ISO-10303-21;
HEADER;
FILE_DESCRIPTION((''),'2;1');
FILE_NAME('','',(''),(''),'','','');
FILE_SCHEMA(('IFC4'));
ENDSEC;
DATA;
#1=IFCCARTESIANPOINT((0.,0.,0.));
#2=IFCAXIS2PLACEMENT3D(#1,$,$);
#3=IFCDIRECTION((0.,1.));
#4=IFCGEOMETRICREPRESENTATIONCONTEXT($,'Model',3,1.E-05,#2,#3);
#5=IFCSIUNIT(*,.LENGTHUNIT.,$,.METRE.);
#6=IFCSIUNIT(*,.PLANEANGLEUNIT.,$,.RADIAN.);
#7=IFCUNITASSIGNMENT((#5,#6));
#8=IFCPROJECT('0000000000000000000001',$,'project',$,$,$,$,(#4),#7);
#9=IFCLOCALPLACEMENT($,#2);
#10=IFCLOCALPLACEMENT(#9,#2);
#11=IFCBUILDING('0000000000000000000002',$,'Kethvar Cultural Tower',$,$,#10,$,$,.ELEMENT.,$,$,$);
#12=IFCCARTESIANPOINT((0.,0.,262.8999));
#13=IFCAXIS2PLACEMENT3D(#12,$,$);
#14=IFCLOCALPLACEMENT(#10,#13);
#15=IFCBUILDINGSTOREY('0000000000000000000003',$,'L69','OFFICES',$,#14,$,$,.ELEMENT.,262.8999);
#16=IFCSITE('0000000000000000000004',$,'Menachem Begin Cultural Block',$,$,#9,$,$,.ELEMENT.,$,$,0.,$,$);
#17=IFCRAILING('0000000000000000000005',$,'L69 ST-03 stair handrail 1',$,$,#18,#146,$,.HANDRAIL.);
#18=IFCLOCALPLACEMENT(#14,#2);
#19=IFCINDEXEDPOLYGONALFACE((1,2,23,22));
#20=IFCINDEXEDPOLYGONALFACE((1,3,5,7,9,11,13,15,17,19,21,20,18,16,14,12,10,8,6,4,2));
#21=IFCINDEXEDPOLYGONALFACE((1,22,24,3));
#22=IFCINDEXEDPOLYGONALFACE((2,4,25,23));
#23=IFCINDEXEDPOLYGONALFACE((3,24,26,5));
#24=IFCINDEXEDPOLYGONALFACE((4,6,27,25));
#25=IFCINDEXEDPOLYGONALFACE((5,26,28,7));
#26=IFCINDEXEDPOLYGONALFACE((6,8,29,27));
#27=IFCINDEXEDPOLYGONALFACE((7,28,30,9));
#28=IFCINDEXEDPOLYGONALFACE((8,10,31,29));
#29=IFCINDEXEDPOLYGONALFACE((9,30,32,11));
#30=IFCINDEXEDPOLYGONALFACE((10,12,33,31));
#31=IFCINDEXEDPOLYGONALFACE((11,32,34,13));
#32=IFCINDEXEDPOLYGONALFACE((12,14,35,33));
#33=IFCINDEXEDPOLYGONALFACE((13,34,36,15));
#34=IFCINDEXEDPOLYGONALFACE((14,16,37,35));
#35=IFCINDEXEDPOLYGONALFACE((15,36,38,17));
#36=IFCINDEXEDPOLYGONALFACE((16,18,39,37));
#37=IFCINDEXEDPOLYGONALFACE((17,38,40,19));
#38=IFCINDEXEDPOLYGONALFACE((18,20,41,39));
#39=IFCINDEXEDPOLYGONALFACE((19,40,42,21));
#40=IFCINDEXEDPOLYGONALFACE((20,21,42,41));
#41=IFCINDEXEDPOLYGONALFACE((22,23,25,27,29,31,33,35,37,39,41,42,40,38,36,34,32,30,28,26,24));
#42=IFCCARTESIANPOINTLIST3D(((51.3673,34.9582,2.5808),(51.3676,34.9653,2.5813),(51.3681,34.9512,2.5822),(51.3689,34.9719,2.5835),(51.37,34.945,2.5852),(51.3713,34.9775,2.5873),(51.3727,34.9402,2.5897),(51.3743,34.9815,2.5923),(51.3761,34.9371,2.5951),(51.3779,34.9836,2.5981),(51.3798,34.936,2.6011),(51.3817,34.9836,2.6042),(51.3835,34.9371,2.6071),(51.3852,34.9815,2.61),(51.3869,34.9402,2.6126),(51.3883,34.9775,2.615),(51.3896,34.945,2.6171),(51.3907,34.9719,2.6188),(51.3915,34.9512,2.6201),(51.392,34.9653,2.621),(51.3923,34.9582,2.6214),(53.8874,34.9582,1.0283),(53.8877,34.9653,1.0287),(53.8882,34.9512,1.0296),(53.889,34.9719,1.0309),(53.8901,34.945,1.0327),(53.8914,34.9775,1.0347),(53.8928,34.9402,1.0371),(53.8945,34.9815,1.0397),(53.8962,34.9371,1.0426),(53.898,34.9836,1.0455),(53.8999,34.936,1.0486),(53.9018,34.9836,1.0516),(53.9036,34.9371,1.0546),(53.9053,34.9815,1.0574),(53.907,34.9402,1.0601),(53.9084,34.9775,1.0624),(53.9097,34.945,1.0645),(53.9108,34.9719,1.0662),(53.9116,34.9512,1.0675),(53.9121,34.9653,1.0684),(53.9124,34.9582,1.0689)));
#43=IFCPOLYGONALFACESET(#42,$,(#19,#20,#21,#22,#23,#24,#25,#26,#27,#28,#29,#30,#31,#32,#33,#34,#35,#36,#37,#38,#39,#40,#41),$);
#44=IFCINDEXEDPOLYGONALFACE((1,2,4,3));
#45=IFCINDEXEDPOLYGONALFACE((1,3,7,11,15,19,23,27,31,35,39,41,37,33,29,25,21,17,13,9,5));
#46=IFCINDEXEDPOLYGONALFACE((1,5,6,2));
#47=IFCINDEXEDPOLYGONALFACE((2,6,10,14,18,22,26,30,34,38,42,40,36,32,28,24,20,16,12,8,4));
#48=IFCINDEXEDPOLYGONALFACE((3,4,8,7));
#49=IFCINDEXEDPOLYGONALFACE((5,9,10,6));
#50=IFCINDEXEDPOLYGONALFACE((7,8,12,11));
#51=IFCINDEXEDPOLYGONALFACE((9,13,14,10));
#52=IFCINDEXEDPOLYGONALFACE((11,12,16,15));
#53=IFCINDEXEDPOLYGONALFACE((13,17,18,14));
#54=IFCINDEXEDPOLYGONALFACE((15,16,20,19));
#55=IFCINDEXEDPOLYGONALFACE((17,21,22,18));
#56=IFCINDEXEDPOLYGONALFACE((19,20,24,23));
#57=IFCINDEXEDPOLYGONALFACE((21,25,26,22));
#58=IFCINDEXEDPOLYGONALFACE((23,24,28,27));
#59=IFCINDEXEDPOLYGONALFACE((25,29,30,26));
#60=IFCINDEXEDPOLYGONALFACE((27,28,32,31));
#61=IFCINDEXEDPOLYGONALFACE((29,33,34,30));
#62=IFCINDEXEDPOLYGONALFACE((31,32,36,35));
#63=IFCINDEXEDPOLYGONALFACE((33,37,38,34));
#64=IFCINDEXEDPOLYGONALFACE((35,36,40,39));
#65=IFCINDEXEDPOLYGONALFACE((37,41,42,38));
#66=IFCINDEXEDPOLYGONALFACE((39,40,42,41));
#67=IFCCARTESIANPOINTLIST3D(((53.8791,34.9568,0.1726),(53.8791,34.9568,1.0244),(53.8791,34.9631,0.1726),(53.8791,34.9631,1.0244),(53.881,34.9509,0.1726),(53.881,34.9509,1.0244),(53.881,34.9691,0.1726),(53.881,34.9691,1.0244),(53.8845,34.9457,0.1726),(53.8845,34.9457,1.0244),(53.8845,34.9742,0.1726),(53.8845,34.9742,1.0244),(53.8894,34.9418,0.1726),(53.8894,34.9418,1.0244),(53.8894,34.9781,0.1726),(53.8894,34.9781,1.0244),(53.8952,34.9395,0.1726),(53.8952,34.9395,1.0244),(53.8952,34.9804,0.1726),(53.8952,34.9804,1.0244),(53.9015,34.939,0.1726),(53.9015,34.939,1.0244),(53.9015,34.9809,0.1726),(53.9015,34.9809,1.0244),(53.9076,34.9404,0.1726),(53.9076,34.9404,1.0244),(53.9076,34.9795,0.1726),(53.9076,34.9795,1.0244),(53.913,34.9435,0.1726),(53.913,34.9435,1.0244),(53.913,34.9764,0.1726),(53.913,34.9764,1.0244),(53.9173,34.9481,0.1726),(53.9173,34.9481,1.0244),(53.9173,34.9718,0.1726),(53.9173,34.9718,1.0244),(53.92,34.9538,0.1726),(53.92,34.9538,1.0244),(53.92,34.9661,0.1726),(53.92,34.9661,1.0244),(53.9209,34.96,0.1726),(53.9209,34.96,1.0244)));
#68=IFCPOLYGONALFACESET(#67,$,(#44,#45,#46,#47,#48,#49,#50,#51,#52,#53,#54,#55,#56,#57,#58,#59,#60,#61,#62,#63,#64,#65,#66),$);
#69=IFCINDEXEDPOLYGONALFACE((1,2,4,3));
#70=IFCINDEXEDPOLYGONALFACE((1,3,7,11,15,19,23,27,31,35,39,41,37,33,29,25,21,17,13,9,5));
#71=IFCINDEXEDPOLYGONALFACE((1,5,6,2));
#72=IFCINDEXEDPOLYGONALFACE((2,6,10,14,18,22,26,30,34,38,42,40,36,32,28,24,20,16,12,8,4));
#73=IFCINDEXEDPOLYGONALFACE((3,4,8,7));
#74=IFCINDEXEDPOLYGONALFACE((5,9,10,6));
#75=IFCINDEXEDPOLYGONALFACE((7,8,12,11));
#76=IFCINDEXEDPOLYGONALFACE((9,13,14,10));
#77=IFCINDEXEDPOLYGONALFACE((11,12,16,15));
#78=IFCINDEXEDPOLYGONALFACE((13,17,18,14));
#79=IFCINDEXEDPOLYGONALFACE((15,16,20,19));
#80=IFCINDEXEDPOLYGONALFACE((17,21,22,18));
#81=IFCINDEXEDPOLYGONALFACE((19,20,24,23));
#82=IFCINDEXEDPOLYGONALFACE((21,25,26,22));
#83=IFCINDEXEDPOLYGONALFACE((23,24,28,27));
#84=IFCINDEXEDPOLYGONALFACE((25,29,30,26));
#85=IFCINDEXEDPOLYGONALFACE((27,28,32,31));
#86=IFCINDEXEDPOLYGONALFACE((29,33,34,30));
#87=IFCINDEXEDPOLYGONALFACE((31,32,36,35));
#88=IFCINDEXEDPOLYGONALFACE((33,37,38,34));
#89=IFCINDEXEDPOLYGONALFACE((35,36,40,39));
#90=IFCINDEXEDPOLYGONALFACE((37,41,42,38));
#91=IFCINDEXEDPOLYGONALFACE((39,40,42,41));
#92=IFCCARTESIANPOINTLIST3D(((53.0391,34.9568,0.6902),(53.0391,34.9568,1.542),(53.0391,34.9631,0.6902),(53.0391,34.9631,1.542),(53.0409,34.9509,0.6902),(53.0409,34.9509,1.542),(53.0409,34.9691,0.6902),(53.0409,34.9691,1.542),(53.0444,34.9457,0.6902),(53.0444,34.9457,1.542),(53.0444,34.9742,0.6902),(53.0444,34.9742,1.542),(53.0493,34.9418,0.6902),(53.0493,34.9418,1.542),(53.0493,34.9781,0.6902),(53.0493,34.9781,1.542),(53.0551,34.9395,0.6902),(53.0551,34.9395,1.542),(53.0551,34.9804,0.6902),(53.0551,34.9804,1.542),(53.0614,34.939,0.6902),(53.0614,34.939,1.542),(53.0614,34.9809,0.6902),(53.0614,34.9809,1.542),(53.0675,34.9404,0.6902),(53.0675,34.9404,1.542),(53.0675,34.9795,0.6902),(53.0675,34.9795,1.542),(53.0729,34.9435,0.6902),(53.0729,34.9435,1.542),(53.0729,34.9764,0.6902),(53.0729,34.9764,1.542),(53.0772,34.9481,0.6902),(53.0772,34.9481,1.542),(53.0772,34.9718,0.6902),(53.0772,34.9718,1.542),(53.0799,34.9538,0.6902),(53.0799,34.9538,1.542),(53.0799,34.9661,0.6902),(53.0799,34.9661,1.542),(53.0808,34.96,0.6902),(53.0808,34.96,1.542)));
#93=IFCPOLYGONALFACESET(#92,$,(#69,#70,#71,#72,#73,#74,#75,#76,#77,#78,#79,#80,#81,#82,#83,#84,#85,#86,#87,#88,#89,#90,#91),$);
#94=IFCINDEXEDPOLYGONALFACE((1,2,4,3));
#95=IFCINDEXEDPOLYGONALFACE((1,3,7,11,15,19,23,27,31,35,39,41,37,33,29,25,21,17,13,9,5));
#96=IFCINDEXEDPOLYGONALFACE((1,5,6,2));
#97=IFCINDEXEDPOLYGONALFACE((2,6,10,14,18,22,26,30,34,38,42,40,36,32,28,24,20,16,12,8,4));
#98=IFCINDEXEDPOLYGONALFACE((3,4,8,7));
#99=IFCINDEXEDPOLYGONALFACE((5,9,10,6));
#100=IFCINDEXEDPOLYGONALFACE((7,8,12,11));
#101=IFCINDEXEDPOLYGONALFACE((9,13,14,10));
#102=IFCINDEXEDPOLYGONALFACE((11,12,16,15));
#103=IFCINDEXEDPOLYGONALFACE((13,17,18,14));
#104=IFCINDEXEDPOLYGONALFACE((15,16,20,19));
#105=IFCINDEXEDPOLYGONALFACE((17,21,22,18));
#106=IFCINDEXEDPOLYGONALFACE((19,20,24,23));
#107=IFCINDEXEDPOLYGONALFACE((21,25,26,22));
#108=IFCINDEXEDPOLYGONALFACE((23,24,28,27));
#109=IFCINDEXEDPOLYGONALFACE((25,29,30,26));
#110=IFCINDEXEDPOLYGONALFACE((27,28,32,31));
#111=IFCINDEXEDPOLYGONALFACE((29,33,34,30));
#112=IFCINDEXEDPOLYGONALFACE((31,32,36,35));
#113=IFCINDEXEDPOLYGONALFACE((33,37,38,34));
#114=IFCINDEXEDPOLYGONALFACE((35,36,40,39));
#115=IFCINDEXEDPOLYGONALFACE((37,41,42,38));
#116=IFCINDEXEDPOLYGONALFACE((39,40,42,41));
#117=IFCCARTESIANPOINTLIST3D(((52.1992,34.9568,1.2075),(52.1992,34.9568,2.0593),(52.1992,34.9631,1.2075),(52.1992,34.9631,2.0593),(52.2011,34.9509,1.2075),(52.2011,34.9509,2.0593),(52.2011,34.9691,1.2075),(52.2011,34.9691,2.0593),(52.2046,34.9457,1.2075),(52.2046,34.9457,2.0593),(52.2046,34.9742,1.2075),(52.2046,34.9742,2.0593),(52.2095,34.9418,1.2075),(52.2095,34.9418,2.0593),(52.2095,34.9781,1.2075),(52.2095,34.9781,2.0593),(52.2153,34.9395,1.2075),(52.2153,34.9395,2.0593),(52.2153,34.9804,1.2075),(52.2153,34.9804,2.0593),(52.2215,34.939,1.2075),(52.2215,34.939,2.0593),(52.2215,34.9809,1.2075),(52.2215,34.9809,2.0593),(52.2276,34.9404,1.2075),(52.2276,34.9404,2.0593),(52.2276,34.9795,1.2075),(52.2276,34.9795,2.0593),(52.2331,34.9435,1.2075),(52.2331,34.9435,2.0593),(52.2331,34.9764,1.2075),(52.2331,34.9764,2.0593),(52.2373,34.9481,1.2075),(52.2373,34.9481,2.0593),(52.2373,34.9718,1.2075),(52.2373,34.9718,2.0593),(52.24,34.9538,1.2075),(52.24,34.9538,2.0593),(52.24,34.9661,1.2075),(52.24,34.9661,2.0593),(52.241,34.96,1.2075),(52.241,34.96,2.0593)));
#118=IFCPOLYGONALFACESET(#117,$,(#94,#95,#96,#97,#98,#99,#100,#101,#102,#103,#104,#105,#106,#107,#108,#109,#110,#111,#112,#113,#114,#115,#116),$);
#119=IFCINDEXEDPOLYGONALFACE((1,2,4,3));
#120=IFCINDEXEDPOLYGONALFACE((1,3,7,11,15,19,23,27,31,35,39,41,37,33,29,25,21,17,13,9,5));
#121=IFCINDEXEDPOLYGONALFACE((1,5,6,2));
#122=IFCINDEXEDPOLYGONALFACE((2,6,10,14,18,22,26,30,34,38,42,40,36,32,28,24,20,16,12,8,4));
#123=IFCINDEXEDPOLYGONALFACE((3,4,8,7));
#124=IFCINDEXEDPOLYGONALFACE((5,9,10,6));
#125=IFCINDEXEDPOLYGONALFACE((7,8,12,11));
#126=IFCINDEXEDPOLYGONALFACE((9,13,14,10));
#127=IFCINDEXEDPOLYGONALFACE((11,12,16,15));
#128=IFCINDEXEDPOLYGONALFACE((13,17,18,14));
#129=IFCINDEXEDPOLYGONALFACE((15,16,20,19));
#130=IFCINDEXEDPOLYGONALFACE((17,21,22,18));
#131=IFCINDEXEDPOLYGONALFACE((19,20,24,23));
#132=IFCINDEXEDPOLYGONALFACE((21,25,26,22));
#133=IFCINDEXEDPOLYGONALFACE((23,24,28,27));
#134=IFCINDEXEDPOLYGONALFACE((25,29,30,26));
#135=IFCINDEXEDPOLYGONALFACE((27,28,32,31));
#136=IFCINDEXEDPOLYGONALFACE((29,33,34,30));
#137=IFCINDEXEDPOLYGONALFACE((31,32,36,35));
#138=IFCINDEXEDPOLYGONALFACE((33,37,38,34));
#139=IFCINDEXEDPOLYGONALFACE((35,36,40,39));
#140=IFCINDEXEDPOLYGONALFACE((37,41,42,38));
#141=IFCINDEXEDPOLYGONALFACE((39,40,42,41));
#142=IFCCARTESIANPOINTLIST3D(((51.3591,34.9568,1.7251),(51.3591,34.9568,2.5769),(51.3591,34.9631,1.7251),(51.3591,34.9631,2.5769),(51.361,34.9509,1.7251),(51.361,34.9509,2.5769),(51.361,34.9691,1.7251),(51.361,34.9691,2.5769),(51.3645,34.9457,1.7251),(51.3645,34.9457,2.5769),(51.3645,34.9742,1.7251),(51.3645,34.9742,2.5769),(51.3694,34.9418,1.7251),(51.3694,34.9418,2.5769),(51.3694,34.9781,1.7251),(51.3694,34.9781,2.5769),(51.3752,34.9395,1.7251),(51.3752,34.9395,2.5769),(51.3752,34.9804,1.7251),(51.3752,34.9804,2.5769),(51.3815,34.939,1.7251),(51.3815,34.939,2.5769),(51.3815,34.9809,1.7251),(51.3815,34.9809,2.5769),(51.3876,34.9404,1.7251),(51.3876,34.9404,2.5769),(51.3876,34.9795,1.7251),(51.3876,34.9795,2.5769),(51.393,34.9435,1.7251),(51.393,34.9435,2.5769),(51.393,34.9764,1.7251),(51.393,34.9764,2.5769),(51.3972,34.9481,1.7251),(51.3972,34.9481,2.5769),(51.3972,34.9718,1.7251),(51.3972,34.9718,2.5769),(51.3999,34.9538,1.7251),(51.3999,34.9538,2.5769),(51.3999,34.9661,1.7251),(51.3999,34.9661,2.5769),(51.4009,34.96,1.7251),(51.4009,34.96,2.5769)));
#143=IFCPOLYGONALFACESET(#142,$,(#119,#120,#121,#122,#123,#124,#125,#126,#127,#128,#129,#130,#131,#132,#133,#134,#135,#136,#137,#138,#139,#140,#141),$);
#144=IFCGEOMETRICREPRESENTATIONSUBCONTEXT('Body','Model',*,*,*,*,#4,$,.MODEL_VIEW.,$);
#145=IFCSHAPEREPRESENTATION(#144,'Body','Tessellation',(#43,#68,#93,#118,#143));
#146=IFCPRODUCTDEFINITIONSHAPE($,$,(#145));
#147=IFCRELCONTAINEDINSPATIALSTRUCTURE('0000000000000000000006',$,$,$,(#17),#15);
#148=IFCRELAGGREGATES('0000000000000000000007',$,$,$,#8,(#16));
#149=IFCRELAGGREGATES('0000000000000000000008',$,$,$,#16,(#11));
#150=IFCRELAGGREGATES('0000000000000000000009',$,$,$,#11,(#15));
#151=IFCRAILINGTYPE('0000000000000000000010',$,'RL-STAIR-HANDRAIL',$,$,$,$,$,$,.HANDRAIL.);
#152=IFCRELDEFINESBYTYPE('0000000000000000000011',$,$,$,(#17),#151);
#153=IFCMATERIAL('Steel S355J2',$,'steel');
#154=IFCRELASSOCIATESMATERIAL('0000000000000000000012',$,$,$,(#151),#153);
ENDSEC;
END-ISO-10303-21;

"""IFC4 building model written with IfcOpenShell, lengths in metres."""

from ifc_helpers import new_model, si_unit, direction, frame, origin, origin_2d, place, context, subcontext, project, spatial, circle, extrude, material, type_object, element, save


model = new_model("IFC4")

# Units and contexts
model_context = context("Model", 3, precision=1e-05, world=origin(), true_north=direction((0.0, 1.0)))
body_context = subcontext(model_context, "Body", "Model", "MODEL_VIEW")
ifc_project = project(units=[si_unit("LENGTHUNIT", "METRE"), si_unit("PLANEANGLEUNIT", "RADIAN")], contexts=[model_context])

# Site, building, storey
site_placement = place(None, origin())
site = spatial("IfcSite", under=ifc_project, at=site_placement, Name="Menachem Begin Cultural Block", CompositionType="ELEMENT", RefElevation=0.0)
building_placement = place(site_placement, origin())
building = spatial("IfcBuilding", under=site, at=building_placement, Name="Kethvar Cultural Tower", CompositionType="ELEMENT")
storey_placement = place(building_placement, frame((0.0, 0.0, 262.8999)))
storey = spatial("IfcBuildingStorey", under=building, at=storey_placement, Name="L69", Description="OFFICES", CompositionType="ELEMENT", Elevation=262.8999)

# Shared definitions
ifc_material_1 = material(Name="Steel S355J2", Category="steel")

# Railing
railing_type_1 = type_object("IfcRailingType", Name="RL-STAIR-HANDRAIL", PredefinedType="HANDRAIL", material=ifc_material_1)
railing_1_placement = place(storey_placement, frame((53.8999, 34.96, 0.1726)))
element("IfcRailing", 1, at=railing_1_placement, inside=storey, type_object=railing_type_1, Name="L69 ST-03 stair handrail 1", PredefinedType="HANDRAIL", context=body_context, shape_type="SweptSolid", body=[
    extrude(circle(Radius=0.0239, at=origin_2d()), frame((0.0, 0.0, 0.876), z_axis=(-0.8514, 0.0, 0.524516), x_axis=(0.0, -1.0, 0.0)), (0.0, 0.0, 1.0), 2.96),
    extrude(circle(Radius=0.021, at=origin_2d()), origin(), (0.0, 0.0, 1.0), 0.8518),
    extrude(circle(Radius=0.021, at=origin_2d()), frame((-0.8401, 0.0, 0.5176)), (0.0, 0.0, 1.0), 0.8518),
    extrude(circle(Radius=0.021, at=origin_2d()), frame((-1.6799, 0.0, 1.0349)), (0.0, 0.0, 1.0), 0.8518),
    extrude(circle(Radius=0.021, at=origin_2d()), frame((-2.52, 0.0, 1.5525)), (0.0, 0.0, 1.0), 0.8518),
])

save(model, "model.ifc")
